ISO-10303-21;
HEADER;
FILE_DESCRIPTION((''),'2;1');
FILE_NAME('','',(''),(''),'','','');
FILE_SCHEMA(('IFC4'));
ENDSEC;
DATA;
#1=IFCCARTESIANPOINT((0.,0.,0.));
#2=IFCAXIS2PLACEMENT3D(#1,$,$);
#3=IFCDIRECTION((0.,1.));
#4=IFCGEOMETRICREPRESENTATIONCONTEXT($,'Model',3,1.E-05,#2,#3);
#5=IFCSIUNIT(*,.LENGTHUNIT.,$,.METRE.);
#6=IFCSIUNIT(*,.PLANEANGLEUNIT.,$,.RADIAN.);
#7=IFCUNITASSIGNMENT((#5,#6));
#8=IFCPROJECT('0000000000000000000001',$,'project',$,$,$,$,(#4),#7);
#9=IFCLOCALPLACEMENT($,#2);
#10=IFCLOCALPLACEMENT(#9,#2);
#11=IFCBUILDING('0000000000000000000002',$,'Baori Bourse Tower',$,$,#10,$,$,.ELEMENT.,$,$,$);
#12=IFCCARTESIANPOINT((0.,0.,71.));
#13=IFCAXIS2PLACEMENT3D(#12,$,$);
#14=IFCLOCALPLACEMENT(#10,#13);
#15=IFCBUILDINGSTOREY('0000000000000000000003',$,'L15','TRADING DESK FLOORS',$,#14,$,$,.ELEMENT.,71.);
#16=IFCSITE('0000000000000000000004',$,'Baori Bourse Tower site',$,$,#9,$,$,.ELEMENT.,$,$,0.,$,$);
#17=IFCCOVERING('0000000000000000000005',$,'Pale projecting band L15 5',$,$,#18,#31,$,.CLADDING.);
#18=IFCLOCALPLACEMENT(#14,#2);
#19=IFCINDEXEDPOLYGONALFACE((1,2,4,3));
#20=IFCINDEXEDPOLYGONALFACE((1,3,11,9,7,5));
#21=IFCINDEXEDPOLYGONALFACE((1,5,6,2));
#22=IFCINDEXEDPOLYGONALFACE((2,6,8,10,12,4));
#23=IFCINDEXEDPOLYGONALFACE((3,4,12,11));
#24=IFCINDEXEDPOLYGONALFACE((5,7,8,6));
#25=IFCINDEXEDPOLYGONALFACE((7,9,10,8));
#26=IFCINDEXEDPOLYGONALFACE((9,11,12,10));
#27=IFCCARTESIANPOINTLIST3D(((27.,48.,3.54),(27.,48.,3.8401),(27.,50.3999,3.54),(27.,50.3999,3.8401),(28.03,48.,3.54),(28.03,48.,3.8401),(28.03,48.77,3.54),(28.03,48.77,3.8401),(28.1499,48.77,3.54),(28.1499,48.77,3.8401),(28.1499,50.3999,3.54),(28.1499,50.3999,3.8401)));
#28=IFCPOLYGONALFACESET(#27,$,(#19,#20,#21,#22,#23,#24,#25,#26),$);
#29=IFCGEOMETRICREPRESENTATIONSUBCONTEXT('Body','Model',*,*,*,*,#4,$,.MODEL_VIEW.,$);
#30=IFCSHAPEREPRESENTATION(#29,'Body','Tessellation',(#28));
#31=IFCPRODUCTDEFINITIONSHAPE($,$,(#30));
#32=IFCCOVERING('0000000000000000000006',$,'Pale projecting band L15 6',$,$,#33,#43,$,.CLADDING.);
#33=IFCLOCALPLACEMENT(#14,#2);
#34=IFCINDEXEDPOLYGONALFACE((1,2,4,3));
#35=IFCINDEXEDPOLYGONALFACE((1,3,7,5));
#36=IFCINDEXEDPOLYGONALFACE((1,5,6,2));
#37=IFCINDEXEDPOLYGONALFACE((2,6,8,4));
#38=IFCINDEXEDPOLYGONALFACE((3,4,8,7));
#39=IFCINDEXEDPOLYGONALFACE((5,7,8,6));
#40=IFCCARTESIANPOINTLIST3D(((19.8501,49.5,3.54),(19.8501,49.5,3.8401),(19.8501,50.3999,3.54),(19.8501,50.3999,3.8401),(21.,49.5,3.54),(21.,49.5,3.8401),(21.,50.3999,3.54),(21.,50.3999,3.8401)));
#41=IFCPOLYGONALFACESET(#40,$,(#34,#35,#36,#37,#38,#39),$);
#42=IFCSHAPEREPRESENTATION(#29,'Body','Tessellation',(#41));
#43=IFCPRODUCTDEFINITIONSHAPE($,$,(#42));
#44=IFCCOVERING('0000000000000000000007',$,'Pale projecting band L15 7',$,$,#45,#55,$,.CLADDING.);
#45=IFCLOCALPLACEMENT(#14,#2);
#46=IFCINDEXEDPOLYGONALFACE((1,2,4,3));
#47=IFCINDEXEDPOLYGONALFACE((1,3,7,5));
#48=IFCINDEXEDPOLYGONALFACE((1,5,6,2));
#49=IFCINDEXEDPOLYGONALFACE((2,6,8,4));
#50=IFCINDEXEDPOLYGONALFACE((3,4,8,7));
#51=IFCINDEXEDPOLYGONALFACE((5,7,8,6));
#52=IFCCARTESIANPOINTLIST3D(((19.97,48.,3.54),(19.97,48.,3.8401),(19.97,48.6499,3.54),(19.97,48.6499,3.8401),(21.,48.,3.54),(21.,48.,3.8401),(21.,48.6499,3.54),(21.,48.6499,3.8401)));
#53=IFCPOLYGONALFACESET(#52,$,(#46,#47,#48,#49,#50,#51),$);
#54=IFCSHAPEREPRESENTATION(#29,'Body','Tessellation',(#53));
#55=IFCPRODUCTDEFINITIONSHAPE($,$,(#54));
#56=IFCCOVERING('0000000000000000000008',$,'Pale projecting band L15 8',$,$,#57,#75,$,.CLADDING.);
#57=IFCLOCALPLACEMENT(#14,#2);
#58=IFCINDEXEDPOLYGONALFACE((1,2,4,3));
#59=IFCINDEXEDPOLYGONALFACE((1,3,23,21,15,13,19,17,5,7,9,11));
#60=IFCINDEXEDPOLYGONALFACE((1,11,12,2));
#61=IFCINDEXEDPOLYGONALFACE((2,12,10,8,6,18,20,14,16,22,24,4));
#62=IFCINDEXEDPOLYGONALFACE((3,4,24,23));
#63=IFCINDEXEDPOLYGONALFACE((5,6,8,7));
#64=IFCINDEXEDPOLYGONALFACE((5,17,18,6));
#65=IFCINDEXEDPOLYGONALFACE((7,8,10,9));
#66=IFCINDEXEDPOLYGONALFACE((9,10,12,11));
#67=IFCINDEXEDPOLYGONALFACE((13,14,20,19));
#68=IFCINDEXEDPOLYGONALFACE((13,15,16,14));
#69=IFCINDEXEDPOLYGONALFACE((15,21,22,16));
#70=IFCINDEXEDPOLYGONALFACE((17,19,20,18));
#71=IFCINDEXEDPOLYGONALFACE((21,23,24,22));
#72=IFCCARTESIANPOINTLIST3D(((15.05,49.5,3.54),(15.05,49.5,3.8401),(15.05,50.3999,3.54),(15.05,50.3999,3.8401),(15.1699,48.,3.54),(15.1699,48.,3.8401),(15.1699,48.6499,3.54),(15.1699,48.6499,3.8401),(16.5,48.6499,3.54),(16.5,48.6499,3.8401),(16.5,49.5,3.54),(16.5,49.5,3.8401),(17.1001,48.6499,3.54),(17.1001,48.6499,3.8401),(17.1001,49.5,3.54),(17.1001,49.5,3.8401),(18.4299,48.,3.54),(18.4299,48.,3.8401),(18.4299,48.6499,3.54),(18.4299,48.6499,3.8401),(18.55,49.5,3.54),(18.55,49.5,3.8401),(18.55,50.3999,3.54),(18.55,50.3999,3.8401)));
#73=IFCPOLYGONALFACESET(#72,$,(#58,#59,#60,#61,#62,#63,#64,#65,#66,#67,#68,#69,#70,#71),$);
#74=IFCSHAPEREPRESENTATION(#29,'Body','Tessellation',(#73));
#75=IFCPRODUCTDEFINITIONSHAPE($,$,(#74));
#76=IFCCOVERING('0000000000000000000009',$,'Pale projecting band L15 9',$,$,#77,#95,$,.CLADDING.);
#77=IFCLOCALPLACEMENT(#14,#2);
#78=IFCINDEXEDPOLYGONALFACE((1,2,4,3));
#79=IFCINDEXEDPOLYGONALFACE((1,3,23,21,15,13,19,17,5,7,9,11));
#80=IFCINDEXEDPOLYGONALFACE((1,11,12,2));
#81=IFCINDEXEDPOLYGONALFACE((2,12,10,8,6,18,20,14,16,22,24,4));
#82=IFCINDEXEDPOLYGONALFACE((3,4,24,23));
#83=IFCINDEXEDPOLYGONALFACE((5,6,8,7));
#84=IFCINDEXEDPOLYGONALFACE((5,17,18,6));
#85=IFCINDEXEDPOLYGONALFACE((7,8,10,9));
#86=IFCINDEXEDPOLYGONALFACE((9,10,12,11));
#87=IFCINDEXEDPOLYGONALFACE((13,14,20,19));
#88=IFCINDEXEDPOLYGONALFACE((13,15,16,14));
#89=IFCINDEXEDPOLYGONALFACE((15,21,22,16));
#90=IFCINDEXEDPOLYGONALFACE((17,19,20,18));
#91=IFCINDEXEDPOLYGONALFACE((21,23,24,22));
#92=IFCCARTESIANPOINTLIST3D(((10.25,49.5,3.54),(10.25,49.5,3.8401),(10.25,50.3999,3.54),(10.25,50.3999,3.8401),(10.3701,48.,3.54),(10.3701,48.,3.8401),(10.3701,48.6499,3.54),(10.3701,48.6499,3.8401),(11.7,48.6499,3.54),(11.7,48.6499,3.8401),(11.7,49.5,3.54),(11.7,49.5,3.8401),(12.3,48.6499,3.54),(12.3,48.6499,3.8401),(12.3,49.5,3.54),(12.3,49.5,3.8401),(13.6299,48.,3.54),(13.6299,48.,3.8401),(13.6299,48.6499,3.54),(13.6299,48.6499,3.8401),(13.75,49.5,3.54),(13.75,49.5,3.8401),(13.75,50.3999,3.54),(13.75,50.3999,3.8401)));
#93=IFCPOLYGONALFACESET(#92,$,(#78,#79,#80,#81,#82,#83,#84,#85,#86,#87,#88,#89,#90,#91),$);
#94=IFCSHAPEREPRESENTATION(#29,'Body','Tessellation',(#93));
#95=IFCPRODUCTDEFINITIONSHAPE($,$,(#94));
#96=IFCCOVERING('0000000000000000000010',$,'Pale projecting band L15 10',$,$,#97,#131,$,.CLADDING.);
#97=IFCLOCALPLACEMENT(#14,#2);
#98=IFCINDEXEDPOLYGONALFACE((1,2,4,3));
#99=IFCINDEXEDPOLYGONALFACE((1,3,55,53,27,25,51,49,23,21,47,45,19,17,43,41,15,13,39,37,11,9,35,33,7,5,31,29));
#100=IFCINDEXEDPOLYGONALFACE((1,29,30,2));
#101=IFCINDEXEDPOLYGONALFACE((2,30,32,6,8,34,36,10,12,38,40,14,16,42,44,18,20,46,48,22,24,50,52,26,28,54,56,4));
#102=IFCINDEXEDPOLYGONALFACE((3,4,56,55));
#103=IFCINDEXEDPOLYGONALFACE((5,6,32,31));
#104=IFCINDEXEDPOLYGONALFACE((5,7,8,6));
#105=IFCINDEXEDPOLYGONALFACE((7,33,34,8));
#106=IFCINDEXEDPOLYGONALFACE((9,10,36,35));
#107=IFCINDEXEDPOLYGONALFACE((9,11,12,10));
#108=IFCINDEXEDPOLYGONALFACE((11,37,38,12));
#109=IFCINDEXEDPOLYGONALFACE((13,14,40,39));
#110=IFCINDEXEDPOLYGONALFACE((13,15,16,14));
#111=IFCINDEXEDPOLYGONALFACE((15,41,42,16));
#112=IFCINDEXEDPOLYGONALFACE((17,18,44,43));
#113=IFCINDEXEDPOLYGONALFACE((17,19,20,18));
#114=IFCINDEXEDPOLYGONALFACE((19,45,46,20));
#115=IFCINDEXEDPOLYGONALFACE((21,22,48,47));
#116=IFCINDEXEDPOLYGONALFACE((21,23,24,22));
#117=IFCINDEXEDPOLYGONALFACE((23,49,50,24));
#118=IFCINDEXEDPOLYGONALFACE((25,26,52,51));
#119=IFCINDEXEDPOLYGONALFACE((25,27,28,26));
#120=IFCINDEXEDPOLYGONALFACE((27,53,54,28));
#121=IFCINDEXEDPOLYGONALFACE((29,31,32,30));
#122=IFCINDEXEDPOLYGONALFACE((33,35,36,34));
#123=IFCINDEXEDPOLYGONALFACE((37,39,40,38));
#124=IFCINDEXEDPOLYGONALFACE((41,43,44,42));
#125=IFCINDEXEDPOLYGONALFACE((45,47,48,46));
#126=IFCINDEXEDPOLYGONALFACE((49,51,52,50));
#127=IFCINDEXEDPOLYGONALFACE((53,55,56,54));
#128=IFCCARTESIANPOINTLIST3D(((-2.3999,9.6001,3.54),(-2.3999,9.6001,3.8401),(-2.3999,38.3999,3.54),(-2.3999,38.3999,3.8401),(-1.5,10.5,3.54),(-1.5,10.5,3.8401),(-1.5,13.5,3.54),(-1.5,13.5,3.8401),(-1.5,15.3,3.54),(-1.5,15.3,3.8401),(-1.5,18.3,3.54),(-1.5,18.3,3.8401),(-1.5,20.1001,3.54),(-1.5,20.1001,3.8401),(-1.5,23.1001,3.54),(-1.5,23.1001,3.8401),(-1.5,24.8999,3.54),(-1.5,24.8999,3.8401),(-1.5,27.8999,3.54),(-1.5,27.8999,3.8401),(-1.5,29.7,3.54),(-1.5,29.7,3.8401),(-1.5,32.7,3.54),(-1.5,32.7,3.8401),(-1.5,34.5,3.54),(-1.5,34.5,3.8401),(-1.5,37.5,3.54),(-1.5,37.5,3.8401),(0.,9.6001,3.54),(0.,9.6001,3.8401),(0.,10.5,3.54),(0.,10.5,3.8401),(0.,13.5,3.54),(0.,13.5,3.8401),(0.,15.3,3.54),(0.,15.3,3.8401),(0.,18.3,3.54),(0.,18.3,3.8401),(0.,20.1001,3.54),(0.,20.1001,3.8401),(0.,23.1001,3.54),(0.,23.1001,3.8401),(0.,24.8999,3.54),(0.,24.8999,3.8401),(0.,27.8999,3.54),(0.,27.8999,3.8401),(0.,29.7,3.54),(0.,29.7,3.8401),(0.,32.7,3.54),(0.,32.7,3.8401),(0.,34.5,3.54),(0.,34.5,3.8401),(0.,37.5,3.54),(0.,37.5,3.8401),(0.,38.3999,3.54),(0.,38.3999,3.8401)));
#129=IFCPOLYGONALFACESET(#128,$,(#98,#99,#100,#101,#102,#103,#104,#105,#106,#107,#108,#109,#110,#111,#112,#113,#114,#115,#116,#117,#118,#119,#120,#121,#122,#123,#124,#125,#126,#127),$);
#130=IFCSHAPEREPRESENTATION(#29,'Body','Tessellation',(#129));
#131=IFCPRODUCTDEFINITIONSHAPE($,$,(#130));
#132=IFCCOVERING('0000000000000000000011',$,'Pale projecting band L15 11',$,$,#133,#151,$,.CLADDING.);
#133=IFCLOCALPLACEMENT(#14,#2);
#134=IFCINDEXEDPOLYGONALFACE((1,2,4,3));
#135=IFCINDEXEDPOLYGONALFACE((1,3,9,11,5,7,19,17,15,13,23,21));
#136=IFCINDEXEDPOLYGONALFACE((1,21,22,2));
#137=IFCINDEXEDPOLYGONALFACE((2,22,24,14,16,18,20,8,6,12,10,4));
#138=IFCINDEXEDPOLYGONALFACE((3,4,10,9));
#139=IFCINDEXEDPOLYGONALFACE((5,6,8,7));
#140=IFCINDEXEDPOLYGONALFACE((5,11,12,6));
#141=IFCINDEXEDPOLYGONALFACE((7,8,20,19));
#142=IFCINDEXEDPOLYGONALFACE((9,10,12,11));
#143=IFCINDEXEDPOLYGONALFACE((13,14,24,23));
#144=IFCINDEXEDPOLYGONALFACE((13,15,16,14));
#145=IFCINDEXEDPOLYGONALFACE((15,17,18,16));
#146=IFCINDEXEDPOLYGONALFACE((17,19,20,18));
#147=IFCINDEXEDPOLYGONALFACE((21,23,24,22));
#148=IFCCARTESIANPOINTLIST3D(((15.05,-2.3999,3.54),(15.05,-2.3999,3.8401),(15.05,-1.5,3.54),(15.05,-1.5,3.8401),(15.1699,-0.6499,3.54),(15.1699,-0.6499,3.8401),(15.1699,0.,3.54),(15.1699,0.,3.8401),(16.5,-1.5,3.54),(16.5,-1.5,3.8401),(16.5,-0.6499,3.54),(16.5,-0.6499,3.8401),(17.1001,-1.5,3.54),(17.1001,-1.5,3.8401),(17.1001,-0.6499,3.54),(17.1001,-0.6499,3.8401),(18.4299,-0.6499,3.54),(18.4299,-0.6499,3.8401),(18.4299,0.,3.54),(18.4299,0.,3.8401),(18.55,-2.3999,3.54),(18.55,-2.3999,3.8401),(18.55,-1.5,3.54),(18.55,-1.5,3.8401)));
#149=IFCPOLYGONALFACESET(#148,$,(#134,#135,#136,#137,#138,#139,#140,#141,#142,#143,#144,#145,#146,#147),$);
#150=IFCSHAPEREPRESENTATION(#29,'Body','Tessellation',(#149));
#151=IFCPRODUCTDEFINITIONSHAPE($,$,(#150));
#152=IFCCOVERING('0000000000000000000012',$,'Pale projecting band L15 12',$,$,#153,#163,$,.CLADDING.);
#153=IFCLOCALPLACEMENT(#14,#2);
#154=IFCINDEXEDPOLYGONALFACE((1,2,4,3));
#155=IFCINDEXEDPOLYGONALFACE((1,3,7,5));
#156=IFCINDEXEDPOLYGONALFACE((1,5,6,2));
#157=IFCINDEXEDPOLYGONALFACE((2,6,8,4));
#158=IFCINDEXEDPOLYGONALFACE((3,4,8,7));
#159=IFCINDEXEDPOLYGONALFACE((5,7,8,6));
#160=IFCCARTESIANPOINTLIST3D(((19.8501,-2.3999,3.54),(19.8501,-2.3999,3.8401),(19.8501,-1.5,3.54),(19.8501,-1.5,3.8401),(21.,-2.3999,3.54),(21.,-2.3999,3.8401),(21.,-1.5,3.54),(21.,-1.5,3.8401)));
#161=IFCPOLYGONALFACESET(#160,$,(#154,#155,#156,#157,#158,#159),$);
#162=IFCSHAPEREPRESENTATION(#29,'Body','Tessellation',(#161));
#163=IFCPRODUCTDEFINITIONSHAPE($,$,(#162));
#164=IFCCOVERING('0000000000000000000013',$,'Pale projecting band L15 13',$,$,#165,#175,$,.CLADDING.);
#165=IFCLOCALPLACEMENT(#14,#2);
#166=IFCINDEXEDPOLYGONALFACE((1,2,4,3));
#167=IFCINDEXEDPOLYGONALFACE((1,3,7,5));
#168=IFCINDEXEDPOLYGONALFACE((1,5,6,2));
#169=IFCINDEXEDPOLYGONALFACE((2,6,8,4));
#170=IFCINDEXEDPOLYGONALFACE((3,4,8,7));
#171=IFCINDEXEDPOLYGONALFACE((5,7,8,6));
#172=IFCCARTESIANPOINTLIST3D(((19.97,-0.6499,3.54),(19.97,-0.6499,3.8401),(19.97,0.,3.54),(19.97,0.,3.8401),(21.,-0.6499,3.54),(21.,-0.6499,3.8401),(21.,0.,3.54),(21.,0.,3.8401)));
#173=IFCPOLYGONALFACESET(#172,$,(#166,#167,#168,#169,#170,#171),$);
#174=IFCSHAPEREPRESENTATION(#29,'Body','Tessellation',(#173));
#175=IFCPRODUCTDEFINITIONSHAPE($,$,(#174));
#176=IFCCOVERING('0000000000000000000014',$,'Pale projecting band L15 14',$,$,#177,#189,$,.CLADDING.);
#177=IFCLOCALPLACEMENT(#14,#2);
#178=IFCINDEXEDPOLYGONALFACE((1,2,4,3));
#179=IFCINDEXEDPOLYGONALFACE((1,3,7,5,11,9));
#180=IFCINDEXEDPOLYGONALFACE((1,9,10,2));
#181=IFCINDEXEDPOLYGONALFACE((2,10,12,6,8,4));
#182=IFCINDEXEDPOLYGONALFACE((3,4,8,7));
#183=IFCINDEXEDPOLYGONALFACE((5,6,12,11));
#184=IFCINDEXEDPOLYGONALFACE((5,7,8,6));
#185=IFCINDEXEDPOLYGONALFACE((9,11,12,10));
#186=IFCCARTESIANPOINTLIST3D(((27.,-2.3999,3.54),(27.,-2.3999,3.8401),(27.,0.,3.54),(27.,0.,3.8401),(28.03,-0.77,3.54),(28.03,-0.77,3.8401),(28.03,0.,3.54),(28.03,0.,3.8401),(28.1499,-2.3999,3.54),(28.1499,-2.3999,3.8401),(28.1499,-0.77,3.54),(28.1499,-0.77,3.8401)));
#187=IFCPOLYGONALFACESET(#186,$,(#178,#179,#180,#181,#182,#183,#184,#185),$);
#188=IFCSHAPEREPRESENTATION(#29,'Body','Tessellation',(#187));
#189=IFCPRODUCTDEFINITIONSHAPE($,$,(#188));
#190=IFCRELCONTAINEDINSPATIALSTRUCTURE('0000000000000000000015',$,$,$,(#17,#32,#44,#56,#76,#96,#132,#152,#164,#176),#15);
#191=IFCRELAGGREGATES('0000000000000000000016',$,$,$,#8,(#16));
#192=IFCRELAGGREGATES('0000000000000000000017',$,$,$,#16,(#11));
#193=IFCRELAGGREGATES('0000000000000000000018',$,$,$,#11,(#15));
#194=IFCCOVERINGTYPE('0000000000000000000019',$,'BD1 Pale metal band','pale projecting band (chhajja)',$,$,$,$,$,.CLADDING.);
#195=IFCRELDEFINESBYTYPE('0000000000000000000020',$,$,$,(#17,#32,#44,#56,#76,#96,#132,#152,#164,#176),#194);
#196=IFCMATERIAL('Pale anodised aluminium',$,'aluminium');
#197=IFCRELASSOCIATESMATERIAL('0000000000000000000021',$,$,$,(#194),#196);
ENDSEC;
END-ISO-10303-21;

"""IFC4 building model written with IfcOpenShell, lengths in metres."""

from ifc_helpers import new_model, si_unit, direction, frame, origin, place, context, subcontext, project, spatial, polyline, outline, extrude, material, type_object, element, save


model = new_model("IFC4")

# Units and contexts
model_context = context("Model", 3, precision=1e-05, world=origin(), true_north=direction((0.0, 1.0)))
body_context = subcontext(model_context, "Body", "Model", "MODEL_VIEW")
ifc_project = project(units=[si_unit("LENGTHUNIT", "METRE"), si_unit("PLANEANGLEUNIT", "RADIAN")], contexts=[model_context])

# Site, building, storey
site_placement = place(None, origin())
site = spatial("IfcSite", under=ifc_project, at=site_placement, Name="Baori Bourse Tower site", CompositionType="ELEMENT", RefElevation=0.0)
building_placement = place(site_placement, origin())
building = spatial("IfcBuilding", under=site, at=building_placement, Name="Baori Bourse Tower", CompositionType="ELEMENT")
storey_placement = place(building_placement, frame((0.0, 0.0, 71.0)))
storey = spatial("IfcBuildingStorey", under=building, at=storey_placement, Name="L15", Description="TRADING DESK FLOORS", CompositionType="ELEMENT", Elevation=71.0)

# Coverings
ifc_material_1 = material(Name="Pale anodised aluminium", Category="aluminium")
covering_type_1 = type_object("IfcCoveringType", Name="BD1 Pale metal band", Description="pale projecting band (chhajja)", PredefinedType="CLADDING", material=ifc_material_1)
covering_1_placement = place(storey_placement, frame((0.0, 0.0, 3.54)))
element("IfcCovering", 1, at=covering_1_placement, inside=storey, type_object=covering_type_1, Name="Pale projecting band L15 5", PredefinedType="CLADDING", context=body_context, shape_type="SweptSolid", body=[
    extrude(outline(polyline([(27.0, 48.0), (28.03, 48.0), (28.03, 48.77), (28.1499, 48.77), (28.1499, 50.3999), (27.0, 50.3999), (27.0, 48.0)])), origin(), (0.0, 0.0, 1.0), 0.3),
])
covering_2_placement = place(storey_placement, frame((0.0, 0.0, 3.54)))
element("IfcCovering", 2, at=covering_2_placement, inside=storey, type_object=covering_type_1, Name="Pale projecting band L15 6", PredefinedType="CLADDING", context=body_context, shape_type="SweptSolid", body=[
    extrude(outline(polyline([(19.8501, 50.3999), (19.8501, 49.5), (21.0, 49.5), (21.0, 50.3999), (19.8501, 50.3999)])), origin(), (0.0, 0.0, 1.0), 0.3),
])
covering_3_placement = place(storey_placement, frame((0.0, 0.0, 3.54)))
element("IfcCovering", 3, at=covering_3_placement, inside=storey, type_object=covering_type_1, Name="Pale projecting band L15 7", PredefinedType="CLADDING", context=body_context, shape_type="SweptSolid", body=[
    extrude(outline(polyline([(19.97, 48.0), (21.0, 48.0), (21.0, 48.6499), (19.97, 48.6499), (19.97, 48.0)])), origin(), (0.0, 0.0, 1.0), 0.3),
])
covering_4_placement = place(storey_placement, frame((0.0, 0.0, 3.54)))
element("IfcCovering", 4, at=covering_4_placement, inside=storey, type_object=covering_type_1, Name="Pale projecting band L15 8", PredefinedType="CLADDING", context=body_context, shape_type="SweptSolid", body=[
    extrude(outline(polyline([(15.1699, 48.0), (18.4299, 48.0), (18.4299, 48.6499), (17.1001, 48.6499), (17.1001, 49.5), (18.55, 49.5), (18.55, 50.3999), (15.05, 50.3999), (15.05, 49.5), (16.5, 49.5), (16.5, 48.6499), (15.1699, 48.6499), (15.1699, 48.0)])), origin(), (0.0, 0.0, 1.0), 0.3),
])
covering_5_placement = place(storey_placement, frame((0.0, 0.0, 3.54)))
element("IfcCovering", 5, at=covering_5_placement, inside=storey, type_object=covering_type_1, Name="Pale projecting band L15 9", PredefinedType="CLADDING", context=body_context, shape_type="SweptSolid", body=[
    extrude(outline(polyline([(10.3701, 48.0), (13.6299, 48.0), (13.6299, 48.6499), (12.3, 48.6499), (12.3, 49.5), (13.75, 49.5), (13.75, 50.3999), (10.25, 50.3999), (10.25, 49.5), (11.7, 49.5), (11.7, 48.6499), (10.3701, 48.6499), (10.3701, 48.0)])), origin(), (0.0, 0.0, 1.0), 0.3),
])
covering_6_placement = place(storey_placement, frame((0.0, 0.0, 3.54)))
element("IfcCovering", 6, at=covering_6_placement, inside=storey, type_object=covering_type_1, Name="Pale projecting band L15 10", PredefinedType="CLADDING", context=body_context, shape_type="SweptSolid", body=[
    extrude(outline(polyline([(0.0, 37.5), (0.0, 38.3999), (-2.3999, 38.3999), (-2.3999, 9.6001), (0.0, 9.6001), (0.0, 10.5), (-1.5, 10.5), (-1.5, 13.5), (0.0, 13.5), (0.0, 15.3), (-1.5, 15.3), (-1.5, 18.3), (0.0, 18.3), (0.0, 20.1001), (-1.5, 20.1001), (-1.5, 23.1001), (0.0, 23.1001), (0.0, 24.8999), (-1.5, 24.8999), (-1.5, 27.8999), (0.0, 27.8999), (0.0, 29.7), (-1.5, 29.7), (-1.5, 32.7), (0.0, 32.7), (0.0, 34.5), (-1.5, 34.5), (-1.5, 37.5), (0.0, 37.5)])), origin(), (0.0, 0.0, 1.0), 0.3),
])
covering_7_placement = place(storey_placement, frame((0.0, 0.0, 3.54)))
element("IfcCovering", 7, at=covering_7_placement, inside=storey, type_object=covering_type_1, Name="Pale projecting band L15 11", PredefinedType="CLADDING", context=body_context, shape_type="SweptSolid", body=[
    extrude(outline(polyline([(18.4299, 0.0), (15.1699, 0.0), (15.1699, -0.6499), (16.5, -0.6499), (16.5, -1.5), (15.05, -1.5), (15.05, -2.3999), (18.55, -2.3999), (18.55, -1.5), (17.1001, -1.5), (17.1001, -0.6499), (18.4299, -0.6499), (18.4299, 0.0)])), origin(), (0.0, 0.0, 1.0), 0.3),
])
covering_8_placement = place(storey_placement, frame((0.0, 0.0, 3.54)))
element("IfcCovering", 8, at=covering_8_placement, inside=storey, type_object=covering_type_1, Name="Pale projecting band L15 12", PredefinedType="CLADDING", context=body_context, shape_type="SweptSolid", body=[
    extrude(outline(polyline([(19.8501, -2.3999), (21.0, -2.3999), (21.0, -1.5), (19.8501, -1.5), (19.8501, -2.3999)])), origin(), (0.0, 0.0, 1.0), 0.3),
])
covering_9_placement = place(storey_placement, frame((0.0, 0.0, 3.54)))
element("IfcCovering", 9, at=covering_9_placement, inside=storey, type_object=covering_type_1, Name="Pale projecting band L15 13", PredefinedType="CLADDING", context=body_context, shape_type="SweptSolid", body=[
    extrude(outline(polyline([(21.0, 0.0), (19.97, 0.0), (19.97, -0.6499), (21.0, -0.6499), (21.0, 0.0)])), origin(), (0.0, 0.0, 1.0), 0.3),
])
covering_10_placement = place(storey_placement, frame((0.0, 0.0, 3.54)))
element("IfcCovering", 10, at=covering_10_placement, inside=storey, type_object=covering_type_1, Name="Pale projecting band L15 14", PredefinedType="CLADDING", context=body_context, shape_type="SweptSolid", body=[
    extrude(outline(polyline([(28.03, 0.0), (27.0, 0.0), (27.0, -2.3999), (28.1499, -2.3999), (28.1499, -0.77), (28.03, -0.77), (28.03, 0.0)])), origin(), (0.0, 0.0, 1.0), 0.3),
])

save(model, "model.ifc")
